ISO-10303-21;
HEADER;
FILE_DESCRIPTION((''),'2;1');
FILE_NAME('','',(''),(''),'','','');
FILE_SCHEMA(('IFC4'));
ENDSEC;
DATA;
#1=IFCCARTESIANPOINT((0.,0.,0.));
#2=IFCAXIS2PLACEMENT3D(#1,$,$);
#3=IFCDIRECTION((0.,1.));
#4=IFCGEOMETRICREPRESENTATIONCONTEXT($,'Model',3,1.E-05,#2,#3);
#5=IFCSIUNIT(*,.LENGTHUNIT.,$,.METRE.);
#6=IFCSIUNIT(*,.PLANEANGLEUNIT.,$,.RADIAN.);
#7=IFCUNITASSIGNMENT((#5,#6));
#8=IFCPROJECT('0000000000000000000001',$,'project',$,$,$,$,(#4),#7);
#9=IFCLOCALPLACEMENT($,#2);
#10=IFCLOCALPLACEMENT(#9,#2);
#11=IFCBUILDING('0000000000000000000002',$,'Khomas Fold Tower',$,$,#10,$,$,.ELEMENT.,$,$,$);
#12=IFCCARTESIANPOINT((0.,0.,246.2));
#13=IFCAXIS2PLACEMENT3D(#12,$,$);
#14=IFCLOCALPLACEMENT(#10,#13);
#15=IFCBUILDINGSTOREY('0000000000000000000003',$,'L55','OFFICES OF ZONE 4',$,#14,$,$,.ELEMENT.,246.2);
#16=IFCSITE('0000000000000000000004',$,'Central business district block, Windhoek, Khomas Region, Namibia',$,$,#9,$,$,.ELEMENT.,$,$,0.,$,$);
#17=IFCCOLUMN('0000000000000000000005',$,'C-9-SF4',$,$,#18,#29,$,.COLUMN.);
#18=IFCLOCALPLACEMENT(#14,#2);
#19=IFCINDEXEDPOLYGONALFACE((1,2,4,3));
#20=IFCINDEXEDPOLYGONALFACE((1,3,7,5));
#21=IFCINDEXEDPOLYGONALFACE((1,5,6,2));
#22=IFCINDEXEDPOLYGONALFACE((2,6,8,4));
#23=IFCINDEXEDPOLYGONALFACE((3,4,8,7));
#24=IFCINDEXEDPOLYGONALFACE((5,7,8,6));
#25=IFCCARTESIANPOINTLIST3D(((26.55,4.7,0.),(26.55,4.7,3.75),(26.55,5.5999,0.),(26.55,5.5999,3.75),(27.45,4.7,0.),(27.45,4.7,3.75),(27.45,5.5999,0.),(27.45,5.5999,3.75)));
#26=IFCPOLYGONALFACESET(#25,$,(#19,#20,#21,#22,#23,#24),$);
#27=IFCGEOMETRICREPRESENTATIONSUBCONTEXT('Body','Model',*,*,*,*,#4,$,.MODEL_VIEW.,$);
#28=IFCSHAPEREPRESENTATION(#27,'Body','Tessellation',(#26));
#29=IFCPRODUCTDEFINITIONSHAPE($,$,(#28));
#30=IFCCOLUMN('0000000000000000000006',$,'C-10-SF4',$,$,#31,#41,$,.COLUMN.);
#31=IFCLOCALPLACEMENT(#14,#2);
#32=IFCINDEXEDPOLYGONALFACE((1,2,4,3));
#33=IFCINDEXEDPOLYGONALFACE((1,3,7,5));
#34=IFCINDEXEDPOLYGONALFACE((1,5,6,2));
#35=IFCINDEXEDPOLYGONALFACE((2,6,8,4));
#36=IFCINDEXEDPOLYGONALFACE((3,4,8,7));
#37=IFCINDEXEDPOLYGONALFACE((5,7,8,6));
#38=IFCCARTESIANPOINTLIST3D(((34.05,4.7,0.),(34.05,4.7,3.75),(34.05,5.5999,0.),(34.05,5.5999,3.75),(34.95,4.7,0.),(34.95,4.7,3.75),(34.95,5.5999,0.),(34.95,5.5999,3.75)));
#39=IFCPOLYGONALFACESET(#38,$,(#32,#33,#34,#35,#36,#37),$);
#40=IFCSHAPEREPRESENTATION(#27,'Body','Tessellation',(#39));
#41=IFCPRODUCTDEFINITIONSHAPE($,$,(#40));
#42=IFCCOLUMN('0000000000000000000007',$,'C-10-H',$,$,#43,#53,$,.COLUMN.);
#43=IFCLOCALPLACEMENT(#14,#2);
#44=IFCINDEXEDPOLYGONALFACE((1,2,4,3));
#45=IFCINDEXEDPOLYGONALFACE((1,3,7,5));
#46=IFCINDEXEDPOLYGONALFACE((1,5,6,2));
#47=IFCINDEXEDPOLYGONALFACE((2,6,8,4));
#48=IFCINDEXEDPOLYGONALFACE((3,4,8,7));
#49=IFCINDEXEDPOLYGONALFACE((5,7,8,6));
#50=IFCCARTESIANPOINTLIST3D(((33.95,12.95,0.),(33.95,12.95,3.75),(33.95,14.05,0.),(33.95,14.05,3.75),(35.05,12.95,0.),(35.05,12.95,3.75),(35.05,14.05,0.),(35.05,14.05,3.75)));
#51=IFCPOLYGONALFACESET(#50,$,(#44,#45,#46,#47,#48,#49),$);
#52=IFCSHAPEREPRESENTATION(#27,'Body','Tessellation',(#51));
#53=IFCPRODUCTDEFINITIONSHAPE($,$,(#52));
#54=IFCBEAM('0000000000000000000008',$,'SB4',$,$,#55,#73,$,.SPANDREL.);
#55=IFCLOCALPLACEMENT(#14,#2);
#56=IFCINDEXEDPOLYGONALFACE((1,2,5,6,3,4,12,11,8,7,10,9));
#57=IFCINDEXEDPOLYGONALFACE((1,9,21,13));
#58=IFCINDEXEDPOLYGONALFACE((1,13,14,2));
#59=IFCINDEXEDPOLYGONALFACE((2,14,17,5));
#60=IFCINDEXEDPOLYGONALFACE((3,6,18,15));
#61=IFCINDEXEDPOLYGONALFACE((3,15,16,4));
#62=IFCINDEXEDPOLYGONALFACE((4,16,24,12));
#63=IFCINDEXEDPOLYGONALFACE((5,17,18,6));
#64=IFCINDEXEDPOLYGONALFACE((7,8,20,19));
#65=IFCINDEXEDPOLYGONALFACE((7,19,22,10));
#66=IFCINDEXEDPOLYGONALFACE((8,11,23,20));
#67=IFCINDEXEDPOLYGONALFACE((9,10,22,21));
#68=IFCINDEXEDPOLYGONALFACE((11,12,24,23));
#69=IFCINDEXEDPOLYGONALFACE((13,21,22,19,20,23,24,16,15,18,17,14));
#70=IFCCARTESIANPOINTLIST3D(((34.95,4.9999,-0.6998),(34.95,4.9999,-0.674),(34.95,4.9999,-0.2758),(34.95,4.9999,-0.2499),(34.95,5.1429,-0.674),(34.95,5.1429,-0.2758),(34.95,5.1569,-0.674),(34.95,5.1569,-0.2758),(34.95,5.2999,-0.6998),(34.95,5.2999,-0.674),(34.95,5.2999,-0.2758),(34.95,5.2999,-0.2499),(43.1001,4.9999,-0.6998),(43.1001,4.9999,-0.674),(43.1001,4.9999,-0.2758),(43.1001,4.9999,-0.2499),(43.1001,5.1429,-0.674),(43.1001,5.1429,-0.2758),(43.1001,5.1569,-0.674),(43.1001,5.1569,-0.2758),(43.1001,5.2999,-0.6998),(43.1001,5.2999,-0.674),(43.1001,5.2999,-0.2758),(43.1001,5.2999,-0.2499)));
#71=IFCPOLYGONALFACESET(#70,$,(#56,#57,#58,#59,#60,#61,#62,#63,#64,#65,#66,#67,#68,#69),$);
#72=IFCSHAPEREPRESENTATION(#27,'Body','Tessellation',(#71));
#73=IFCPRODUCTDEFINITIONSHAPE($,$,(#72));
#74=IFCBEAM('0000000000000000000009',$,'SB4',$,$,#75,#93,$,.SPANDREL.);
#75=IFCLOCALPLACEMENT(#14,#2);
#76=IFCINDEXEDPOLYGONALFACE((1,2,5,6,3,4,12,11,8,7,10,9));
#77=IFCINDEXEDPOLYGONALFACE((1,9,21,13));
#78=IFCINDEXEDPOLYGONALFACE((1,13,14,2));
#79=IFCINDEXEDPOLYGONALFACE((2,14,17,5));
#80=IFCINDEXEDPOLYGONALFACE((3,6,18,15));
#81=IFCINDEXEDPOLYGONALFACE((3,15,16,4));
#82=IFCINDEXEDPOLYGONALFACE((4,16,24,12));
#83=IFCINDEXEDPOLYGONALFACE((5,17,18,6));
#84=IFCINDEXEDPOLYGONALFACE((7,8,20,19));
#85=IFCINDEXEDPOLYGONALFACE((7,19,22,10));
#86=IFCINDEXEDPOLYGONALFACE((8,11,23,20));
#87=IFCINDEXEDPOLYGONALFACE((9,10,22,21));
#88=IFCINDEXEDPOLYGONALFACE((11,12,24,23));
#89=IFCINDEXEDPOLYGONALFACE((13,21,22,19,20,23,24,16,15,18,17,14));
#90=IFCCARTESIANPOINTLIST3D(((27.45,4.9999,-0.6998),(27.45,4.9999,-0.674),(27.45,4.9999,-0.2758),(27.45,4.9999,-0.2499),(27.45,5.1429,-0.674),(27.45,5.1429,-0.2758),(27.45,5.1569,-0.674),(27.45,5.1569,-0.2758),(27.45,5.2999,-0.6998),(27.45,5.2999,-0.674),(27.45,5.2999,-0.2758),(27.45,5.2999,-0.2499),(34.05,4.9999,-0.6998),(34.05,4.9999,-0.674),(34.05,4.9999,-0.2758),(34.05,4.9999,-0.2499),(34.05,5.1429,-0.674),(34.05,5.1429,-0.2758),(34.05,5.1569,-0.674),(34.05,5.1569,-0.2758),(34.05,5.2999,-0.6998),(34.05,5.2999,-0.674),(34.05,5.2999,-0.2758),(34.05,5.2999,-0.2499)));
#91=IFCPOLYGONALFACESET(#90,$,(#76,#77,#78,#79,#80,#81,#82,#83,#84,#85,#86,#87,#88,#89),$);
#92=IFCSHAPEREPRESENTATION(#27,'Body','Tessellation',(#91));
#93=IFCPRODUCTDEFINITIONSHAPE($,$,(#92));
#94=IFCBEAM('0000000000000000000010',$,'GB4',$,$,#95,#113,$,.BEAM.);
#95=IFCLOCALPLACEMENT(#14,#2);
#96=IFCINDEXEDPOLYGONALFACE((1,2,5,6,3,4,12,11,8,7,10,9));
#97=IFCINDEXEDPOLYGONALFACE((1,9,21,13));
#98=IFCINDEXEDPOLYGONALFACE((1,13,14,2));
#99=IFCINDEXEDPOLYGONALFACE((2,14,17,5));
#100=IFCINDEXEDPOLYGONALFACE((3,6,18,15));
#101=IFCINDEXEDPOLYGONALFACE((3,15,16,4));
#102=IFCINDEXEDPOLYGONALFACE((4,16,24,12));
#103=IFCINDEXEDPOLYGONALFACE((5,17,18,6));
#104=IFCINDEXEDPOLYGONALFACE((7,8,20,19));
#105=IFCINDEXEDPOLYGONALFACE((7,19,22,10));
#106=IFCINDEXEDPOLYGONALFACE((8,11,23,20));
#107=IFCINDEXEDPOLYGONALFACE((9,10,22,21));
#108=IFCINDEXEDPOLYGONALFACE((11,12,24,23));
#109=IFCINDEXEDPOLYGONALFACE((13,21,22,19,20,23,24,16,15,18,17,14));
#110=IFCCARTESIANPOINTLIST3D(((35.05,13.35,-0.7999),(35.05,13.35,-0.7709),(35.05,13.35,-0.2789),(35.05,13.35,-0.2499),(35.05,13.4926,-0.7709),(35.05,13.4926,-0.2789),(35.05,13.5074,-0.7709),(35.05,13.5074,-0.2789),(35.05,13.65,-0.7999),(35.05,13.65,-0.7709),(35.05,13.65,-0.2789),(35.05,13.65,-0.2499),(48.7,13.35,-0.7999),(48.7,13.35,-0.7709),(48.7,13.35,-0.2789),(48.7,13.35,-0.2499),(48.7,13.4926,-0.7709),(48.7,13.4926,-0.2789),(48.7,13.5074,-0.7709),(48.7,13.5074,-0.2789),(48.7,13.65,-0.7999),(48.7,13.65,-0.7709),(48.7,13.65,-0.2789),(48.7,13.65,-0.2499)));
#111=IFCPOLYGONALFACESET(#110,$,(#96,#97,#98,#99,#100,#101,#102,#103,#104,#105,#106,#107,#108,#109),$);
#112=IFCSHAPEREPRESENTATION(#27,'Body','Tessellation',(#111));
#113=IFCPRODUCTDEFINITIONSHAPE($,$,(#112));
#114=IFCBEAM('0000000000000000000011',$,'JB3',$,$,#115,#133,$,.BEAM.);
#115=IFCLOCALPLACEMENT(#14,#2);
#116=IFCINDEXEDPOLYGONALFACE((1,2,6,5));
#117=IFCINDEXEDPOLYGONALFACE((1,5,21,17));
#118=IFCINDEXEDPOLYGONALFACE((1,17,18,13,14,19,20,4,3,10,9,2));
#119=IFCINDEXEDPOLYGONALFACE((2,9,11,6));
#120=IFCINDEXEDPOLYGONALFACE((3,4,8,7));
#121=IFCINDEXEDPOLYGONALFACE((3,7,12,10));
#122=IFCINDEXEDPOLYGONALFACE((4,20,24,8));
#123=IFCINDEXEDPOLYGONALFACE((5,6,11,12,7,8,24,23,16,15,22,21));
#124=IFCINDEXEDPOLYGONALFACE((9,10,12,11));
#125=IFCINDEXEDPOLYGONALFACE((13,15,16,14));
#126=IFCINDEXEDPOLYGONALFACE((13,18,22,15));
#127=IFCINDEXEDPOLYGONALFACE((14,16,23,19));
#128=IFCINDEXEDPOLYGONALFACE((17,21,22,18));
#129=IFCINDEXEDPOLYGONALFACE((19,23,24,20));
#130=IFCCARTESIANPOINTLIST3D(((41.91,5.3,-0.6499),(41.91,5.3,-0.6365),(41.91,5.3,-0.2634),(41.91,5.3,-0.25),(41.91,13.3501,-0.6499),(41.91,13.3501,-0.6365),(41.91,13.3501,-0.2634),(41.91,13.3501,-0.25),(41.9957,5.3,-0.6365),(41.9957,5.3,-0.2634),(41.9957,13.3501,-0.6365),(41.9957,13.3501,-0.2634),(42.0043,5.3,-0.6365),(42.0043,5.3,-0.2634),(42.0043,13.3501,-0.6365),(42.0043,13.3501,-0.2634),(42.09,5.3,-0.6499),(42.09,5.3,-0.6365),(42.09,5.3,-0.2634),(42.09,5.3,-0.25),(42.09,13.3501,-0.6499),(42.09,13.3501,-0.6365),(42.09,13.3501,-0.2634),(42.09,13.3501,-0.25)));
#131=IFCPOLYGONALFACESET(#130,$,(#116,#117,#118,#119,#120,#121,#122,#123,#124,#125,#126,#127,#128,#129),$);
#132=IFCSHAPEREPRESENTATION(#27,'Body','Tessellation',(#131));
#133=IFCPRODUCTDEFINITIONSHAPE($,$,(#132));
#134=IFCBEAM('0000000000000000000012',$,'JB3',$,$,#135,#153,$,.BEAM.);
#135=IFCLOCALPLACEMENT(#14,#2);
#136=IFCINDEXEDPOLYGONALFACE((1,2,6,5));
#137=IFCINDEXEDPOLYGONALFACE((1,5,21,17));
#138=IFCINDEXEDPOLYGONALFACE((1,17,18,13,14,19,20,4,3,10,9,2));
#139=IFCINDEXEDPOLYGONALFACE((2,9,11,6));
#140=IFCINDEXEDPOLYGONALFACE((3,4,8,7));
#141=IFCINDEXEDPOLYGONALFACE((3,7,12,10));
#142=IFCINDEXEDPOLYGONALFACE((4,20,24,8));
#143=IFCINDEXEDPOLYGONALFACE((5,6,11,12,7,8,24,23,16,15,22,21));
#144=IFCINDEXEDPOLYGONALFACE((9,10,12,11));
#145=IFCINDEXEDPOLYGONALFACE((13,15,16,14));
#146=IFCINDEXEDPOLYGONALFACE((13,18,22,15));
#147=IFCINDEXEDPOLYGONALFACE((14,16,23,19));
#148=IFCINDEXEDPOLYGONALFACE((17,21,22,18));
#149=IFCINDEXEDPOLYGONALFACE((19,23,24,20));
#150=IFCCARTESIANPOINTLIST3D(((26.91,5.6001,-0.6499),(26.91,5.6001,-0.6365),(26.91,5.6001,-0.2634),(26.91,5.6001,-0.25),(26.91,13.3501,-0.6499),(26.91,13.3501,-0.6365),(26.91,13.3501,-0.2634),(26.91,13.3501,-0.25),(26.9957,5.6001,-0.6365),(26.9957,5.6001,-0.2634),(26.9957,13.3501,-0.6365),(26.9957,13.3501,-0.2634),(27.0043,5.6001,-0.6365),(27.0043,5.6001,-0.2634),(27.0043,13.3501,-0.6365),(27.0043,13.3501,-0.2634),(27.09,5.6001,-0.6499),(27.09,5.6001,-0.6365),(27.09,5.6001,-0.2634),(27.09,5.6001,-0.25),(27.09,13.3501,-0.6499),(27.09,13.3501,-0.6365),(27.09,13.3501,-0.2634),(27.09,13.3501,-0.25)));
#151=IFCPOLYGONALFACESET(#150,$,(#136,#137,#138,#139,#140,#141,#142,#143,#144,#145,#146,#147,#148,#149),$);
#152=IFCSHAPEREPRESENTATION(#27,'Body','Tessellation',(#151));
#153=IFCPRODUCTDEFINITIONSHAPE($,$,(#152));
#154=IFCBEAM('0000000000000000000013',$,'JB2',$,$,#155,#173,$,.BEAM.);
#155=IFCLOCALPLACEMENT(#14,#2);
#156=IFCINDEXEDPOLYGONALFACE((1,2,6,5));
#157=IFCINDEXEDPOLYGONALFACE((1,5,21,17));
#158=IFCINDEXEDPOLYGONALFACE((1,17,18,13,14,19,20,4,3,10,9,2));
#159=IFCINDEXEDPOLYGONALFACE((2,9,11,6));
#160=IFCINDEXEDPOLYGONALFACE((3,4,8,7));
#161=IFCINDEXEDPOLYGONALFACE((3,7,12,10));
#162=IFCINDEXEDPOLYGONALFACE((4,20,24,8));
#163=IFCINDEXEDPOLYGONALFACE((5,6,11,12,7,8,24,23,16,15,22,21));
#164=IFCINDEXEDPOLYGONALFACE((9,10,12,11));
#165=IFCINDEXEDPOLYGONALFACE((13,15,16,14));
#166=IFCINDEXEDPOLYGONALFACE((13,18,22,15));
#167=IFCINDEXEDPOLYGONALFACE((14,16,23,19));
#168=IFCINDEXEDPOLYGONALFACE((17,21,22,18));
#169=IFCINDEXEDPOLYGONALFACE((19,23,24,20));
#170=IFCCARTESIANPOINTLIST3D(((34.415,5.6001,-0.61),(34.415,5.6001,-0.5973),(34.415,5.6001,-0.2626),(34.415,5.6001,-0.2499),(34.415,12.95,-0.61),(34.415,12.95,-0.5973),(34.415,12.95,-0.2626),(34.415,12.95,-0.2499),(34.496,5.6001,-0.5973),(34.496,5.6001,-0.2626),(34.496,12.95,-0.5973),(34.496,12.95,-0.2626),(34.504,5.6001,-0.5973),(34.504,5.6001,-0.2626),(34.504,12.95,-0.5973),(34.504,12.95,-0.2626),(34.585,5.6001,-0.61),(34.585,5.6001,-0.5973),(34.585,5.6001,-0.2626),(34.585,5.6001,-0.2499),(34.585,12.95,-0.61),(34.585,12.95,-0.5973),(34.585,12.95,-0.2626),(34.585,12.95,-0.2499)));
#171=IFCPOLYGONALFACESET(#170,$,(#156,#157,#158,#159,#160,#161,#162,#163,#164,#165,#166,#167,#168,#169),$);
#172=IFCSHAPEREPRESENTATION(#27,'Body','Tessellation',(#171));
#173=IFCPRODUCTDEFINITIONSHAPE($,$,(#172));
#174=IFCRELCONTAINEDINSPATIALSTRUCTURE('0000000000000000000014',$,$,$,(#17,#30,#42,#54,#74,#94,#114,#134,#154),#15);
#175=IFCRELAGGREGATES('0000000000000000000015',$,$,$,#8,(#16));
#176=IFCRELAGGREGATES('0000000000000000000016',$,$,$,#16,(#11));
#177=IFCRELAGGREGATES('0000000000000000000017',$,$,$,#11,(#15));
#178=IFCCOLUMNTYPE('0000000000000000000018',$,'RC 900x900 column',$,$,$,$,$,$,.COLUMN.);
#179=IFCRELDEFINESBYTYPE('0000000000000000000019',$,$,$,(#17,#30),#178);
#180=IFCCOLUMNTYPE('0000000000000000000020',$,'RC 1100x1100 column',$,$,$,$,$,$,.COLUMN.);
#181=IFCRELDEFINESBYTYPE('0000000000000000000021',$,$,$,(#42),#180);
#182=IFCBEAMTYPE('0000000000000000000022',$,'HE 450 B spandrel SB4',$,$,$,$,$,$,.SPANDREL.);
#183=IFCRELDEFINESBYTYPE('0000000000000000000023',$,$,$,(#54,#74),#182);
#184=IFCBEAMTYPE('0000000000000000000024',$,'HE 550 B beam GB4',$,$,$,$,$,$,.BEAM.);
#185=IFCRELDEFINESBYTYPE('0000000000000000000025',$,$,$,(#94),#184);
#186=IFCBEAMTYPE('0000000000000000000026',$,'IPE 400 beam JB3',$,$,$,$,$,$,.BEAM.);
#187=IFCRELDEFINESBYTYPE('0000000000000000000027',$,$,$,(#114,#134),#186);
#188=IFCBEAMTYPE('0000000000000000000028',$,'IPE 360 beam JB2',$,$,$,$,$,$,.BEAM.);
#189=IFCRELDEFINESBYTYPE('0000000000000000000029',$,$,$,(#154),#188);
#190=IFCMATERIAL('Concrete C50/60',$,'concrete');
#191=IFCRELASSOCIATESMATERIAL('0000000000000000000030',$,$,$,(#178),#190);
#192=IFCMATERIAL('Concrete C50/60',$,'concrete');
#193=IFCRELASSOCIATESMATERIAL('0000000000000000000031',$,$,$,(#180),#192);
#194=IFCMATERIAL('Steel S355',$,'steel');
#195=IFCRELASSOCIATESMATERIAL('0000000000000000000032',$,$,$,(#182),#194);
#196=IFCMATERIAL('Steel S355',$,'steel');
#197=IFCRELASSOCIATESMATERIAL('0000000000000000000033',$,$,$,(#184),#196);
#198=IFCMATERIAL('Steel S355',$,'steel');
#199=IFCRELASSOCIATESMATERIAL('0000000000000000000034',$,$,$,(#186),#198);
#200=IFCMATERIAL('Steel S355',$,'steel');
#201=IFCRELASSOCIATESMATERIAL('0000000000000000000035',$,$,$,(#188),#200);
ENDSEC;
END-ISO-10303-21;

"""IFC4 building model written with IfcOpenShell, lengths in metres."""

from ifc_helpers import new_model, si_unit, direction, frame, origin, origin_2d, place, context, subcontext, project, spatial, rectangle, i_section, extrude, source, transform, mapped, material, material_profile, profile_set, type_object, element, save


model = new_model("IFC4")

# Units and contexts
model_context = context("Model", 3, precision=1e-05, world=origin(), true_north=direction((0.0, 1.0)))
body_context = subcontext(model_context, "Body", "Model", "MODEL_VIEW")
ifc_project = project(units=[si_unit("LENGTHUNIT", "METRE"), si_unit("PLANEANGLEUNIT", "RADIAN")], contexts=[model_context])

# Site, building, storey
site_placement = place(None, origin())
site = spatial("IfcSite", under=ifc_project, at=site_placement, Name="Central business district block, Windhoek, Khomas Region, Namibia", CompositionType="ELEMENT", RefElevation=0.0)
building_placement = place(site_placement, origin())
building = spatial("IfcBuilding", under=site, at=building_placement, Name="Khomas Fold Tower", CompositionType="ELEMENT")
storey_placement = place(building_placement, frame((0.0, 0.0, 246.2)))
storey = spatial("IfcBuildingStorey", under=building, at=storey_placement, Name="L55", Description="OFFICES OF ZONE 4", CompositionType="ELEMENT", Elevation=246.2)

# Columns
ifc_material_1 = material(Name="Concrete C50/60", Category="concrete")
ifc_material_profile_1 = material_profile(ifc_material_1, rectangle(XDim=0.8999, YDim=0.8999, at=origin_2d()), Name="RC 900x900")
ifc_profile_set_1 = profile_set([ifc_material_profile_1], Name="Concrete C50/60")
column_type_1 = type_object("IfcColumnType", Name="RC 900x900 column", PredefinedType="COLUMN", material=ifc_profile_set_1)
shared_shape_1 = source(origin(), body_context, "Body", "SweptSolid", [
    extrude(rectangle(XDim=0.8999, YDim=0.8999, at=origin_2d()), origin(), (0.0, 0.0, 1.0), 3.75),
])
for number, where, z_axis, x_axis, name in (
    (1, (27.0, 5.1499, 0.0), (0.0, 0.0, 1.0), (1.0, 0.0, 0.0), "C-9-SF4"),
    (2, (34.5, 5.1499, 0.0), (0.0, 0.0, 1.0), (1.0, 0.0, 0.0), "C-10-SF4"),
):
    element("IfcColumn", number, at=place(storey_placement, frame(where, z_axis=z_axis, x_axis=x_axis)), inside=storey, type_object=column_type_1, Name=name, PredefinedType="COLUMN", context=body_context, shape_type="MappedRepresentation", body=[
        mapped(shared_shape_1, transform((0.0, 0.0, 0.0))),
    ])
ifc_material_2 = material(Name="Concrete C50/60", Category="concrete")
ifc_material_profile_2 = material_profile(ifc_material_2, rectangle(XDim=1.1001, YDim=1.1001, at=origin_2d()), Name="RC 1100x1100")
ifc_profile_set_2 = profile_set([ifc_material_profile_2], Name="Concrete C50/60")
column_type_2 = type_object("IfcColumnType", Name="RC 1100x1100 column", PredefinedType="COLUMN", material=ifc_profile_set_2)
shared_shape_2 = source(origin(), body_context, "Body", "SweptSolid", [
    extrude(rectangle(XDim=1.1001, YDim=1.1001, at=origin_2d()), origin(), (0.0, 0.0, 1.0), 3.75),
])
column_placement = place(storey_placement, frame((34.5, 13.5, 0.0), z_axis=(0.0, 0.0, 1.0), x_axis=(1.0, 0.0, 0.0)))
element("IfcColumn", 3, at=column_placement, inside=storey, type_object=column_type_2, Name="C-10-H", PredefinedType="COLUMN", context=body_context, shape_type="MappedRepresentation", body=[
    mapped(shared_shape_2, transform((0.0, 0.0, 0.0))),
])

# Beams
ifc_material_3 = material(Name="Steel S355", Category="steel")
ifc_material_profile_3 = material_profile(ifc_material_3, i_section(OverallWidth=0.3, OverallDepth=0.45, WebThickness=0.0139, FlangeThickness=0.0259, at=origin_2d()), Name="HE 450 B")
ifc_profile_set_3 = profile_set([ifc_material_profile_3], Name="Steel S355")
beam_type_1 = type_object("IfcBeamType", Name="HE 450 B spandrel SB4", PredefinedType="SPANDREL", material=ifc_profile_set_3)
shared_shape_3 = source(origin(), body_context, "Body", "SweptSolid", [
    extrude(i_section(OverallWidth=0.3, OverallDepth=0.45, WebThickness=0.0139, FlangeThickness=0.0259, at=origin_2d()), origin(), (0.0, 0.0, 1.0), 8.1501),
])
beam_1_placement = place(storey_placement, frame((34.95, 5.1499, -0.4749), z_axis=(1.0, 0.0, 0.0), x_axis=(0.0, 1.0, 0.0)))
element("IfcBeam", 4, at=beam_1_placement, inside=storey, type_object=beam_type_1, Name="SB4", PredefinedType="SPANDREL", context=body_context, shape_type="MappedRepresentation", body=[
    mapped(shared_shape_3, transform((0.0, 0.0, 0.0))),
])
shared_shape_4 = source(origin(), body_context, "Body", "SweptSolid", [
    extrude(i_section(OverallWidth=0.3, OverallDepth=0.45, WebThickness=0.0139, FlangeThickness=0.0259, at=origin_2d()), origin(), (0.0, 0.0, 1.0), 6.6001),
])
beam_2_placement = place(storey_placement, frame((27.45, 5.1499, -0.4749), z_axis=(1.0, 0.0, 0.0), x_axis=(0.0, 1.0, 0.0)))
element("IfcBeam", 5, at=beam_2_placement, inside=storey, type_object=beam_type_1, Name="SB4", PredefinedType="SPANDREL", context=body_context, shape_type="MappedRepresentation", body=[
    mapped(shared_shape_4, transform((0.0, 0.0, 0.0))),
])
ifc_material_4 = material(Name="Steel S355", Category="steel")
ifc_material_profile_4 = material_profile(ifc_material_4, i_section(OverallWidth=0.3, OverallDepth=0.55, WebThickness=0.0149, FlangeThickness=0.0291, at=origin_2d()), Name="HE 550 B")
ifc_profile_set_4 = profile_set([ifc_material_profile_4], Name="Steel S355")
beam_type_2 = type_object("IfcBeamType", Name="HE 550 B beam GB4", PredefinedType="BEAM", material=ifc_profile_set_4)
shared_shape_5 = source(origin(), body_context, "Body", "SweptSolid", [
    extrude(i_section(OverallWidth=0.3, OverallDepth=0.55, WebThickness=0.0149, FlangeThickness=0.0291, at=origin_2d()), origin(), (0.0, 0.0, 1.0), 13.6499),
])
beam_3_placement = place(storey_placement, frame((35.05, 13.5, -0.5249), z_axis=(1.0, 0.0, 0.0), x_axis=(0.0, 1.0, 0.0)))
element("IfcBeam", 6, at=beam_3_placement, inside=storey, type_object=beam_type_2, Name="GB4", PredefinedType="BEAM", context=body_context, shape_type="MappedRepresentation", body=[
    mapped(shared_shape_5, transform((0.0, 0.0, 0.0))),
])
ifc_material_5 = material(Name="Steel S355", Category="steel")
ifc_material_profile_5 = material_profile(ifc_material_5, i_section(OverallWidth=0.1799, OverallDepth=0.3999, WebThickness=0.0085, FlangeThickness=0.0134, at=origin_2d()), Name="IPE 400")
ifc_profile_set_5 = profile_set([ifc_material_profile_5], Name="Steel S355")
beam_type_3 = type_object("IfcBeamType", Name="IPE 400 beam JB3", PredefinedType="BEAM", material=ifc_profile_set_5)
shared_shape_6 = source(origin(), body_context, "Body", "SweptSolid", [
    extrude(i_section(OverallWidth=0.1799, OverallDepth=0.3999, WebThickness=0.0085, FlangeThickness=0.0134, at=origin_2d()), origin(), (0.0, 0.0, 1.0), 8.05),
])
beam_4_placement = place(storey_placement, frame((42.0, 5.3, -0.45), z_axis=(0.0, 1.0, 0.0), x_axis=(-1.0, 0.0, 0.0)))
element("IfcBeam", 7, at=beam_4_placement, inside=storey, type_object=beam_type_3, Name="JB3", PredefinedType="BEAM", context=body_context, shape_type="MappedRepresentation", body=[
    mapped(shared_shape_6, transform((0.0, 0.0, 0.0))),
])
shared_shape_7 = source(origin(), body_context, "Body", "SweptSolid", [
    extrude(i_section(OverallWidth=0.1799, OverallDepth=0.3999, WebThickness=0.0085, FlangeThickness=0.0134, at=origin_2d()), origin(), (0.0, 0.0, 1.0), 7.75),
])
beam_5_placement = place(storey_placement, frame((27.0, 5.6001, -0.45), z_axis=(0.0, 1.0, 0.0), x_axis=(-1.0, 0.0, 0.0)))
element("IfcBeam", 8, at=beam_5_placement, inside=storey, type_object=beam_type_3, Name="JB3", PredefinedType="BEAM", context=body_context, shape_type="MappedRepresentation", body=[
    mapped(shared_shape_7, transform((0.0, 0.0, 0.0))),
])
ifc_material_6 = material(Name="Steel S355", Category="steel")
ifc_material_profile_6 = material_profile(ifc_material_6, i_section(OverallWidth=0.1699, OverallDepth=0.3601, WebThickness=0.0081, FlangeThickness=0.0127, at=origin_2d()), Name="IPE 360")
ifc_profile_set_6 = profile_set([ifc_material_profile_6], Name="Steel S355")
beam_type_4 = type_object("IfcBeamType", Name="IPE 360 beam JB2", PredefinedType="BEAM", material=ifc_profile_set_6)
shared_shape_8 = source(origin(), body_context, "Body", "SweptSolid", [
    extrude(i_section(OverallWidth=0.1699, OverallDepth=0.3601, WebThickness=0.0081, FlangeThickness=0.0127, at=origin_2d()), origin(), (0.0, 0.0, 1.0), 7.3499),
])
beam_6_placement = place(storey_placement, frame((34.5, 5.6001, -0.4299), z_axis=(0.0, 1.0, 0.0), x_axis=(-1.0, 0.0, 0.0)))
element("IfcBeam", 9, at=beam_6_placement, inside=storey, type_object=beam_type_4, Name="JB2", PredefinedType="BEAM", context=body_context, shape_type="MappedRepresentation", body=[
    mapped(shared_shape_8, transform((0.0, 0.0, 0.0))),
])

save(model, "model.ifc")
